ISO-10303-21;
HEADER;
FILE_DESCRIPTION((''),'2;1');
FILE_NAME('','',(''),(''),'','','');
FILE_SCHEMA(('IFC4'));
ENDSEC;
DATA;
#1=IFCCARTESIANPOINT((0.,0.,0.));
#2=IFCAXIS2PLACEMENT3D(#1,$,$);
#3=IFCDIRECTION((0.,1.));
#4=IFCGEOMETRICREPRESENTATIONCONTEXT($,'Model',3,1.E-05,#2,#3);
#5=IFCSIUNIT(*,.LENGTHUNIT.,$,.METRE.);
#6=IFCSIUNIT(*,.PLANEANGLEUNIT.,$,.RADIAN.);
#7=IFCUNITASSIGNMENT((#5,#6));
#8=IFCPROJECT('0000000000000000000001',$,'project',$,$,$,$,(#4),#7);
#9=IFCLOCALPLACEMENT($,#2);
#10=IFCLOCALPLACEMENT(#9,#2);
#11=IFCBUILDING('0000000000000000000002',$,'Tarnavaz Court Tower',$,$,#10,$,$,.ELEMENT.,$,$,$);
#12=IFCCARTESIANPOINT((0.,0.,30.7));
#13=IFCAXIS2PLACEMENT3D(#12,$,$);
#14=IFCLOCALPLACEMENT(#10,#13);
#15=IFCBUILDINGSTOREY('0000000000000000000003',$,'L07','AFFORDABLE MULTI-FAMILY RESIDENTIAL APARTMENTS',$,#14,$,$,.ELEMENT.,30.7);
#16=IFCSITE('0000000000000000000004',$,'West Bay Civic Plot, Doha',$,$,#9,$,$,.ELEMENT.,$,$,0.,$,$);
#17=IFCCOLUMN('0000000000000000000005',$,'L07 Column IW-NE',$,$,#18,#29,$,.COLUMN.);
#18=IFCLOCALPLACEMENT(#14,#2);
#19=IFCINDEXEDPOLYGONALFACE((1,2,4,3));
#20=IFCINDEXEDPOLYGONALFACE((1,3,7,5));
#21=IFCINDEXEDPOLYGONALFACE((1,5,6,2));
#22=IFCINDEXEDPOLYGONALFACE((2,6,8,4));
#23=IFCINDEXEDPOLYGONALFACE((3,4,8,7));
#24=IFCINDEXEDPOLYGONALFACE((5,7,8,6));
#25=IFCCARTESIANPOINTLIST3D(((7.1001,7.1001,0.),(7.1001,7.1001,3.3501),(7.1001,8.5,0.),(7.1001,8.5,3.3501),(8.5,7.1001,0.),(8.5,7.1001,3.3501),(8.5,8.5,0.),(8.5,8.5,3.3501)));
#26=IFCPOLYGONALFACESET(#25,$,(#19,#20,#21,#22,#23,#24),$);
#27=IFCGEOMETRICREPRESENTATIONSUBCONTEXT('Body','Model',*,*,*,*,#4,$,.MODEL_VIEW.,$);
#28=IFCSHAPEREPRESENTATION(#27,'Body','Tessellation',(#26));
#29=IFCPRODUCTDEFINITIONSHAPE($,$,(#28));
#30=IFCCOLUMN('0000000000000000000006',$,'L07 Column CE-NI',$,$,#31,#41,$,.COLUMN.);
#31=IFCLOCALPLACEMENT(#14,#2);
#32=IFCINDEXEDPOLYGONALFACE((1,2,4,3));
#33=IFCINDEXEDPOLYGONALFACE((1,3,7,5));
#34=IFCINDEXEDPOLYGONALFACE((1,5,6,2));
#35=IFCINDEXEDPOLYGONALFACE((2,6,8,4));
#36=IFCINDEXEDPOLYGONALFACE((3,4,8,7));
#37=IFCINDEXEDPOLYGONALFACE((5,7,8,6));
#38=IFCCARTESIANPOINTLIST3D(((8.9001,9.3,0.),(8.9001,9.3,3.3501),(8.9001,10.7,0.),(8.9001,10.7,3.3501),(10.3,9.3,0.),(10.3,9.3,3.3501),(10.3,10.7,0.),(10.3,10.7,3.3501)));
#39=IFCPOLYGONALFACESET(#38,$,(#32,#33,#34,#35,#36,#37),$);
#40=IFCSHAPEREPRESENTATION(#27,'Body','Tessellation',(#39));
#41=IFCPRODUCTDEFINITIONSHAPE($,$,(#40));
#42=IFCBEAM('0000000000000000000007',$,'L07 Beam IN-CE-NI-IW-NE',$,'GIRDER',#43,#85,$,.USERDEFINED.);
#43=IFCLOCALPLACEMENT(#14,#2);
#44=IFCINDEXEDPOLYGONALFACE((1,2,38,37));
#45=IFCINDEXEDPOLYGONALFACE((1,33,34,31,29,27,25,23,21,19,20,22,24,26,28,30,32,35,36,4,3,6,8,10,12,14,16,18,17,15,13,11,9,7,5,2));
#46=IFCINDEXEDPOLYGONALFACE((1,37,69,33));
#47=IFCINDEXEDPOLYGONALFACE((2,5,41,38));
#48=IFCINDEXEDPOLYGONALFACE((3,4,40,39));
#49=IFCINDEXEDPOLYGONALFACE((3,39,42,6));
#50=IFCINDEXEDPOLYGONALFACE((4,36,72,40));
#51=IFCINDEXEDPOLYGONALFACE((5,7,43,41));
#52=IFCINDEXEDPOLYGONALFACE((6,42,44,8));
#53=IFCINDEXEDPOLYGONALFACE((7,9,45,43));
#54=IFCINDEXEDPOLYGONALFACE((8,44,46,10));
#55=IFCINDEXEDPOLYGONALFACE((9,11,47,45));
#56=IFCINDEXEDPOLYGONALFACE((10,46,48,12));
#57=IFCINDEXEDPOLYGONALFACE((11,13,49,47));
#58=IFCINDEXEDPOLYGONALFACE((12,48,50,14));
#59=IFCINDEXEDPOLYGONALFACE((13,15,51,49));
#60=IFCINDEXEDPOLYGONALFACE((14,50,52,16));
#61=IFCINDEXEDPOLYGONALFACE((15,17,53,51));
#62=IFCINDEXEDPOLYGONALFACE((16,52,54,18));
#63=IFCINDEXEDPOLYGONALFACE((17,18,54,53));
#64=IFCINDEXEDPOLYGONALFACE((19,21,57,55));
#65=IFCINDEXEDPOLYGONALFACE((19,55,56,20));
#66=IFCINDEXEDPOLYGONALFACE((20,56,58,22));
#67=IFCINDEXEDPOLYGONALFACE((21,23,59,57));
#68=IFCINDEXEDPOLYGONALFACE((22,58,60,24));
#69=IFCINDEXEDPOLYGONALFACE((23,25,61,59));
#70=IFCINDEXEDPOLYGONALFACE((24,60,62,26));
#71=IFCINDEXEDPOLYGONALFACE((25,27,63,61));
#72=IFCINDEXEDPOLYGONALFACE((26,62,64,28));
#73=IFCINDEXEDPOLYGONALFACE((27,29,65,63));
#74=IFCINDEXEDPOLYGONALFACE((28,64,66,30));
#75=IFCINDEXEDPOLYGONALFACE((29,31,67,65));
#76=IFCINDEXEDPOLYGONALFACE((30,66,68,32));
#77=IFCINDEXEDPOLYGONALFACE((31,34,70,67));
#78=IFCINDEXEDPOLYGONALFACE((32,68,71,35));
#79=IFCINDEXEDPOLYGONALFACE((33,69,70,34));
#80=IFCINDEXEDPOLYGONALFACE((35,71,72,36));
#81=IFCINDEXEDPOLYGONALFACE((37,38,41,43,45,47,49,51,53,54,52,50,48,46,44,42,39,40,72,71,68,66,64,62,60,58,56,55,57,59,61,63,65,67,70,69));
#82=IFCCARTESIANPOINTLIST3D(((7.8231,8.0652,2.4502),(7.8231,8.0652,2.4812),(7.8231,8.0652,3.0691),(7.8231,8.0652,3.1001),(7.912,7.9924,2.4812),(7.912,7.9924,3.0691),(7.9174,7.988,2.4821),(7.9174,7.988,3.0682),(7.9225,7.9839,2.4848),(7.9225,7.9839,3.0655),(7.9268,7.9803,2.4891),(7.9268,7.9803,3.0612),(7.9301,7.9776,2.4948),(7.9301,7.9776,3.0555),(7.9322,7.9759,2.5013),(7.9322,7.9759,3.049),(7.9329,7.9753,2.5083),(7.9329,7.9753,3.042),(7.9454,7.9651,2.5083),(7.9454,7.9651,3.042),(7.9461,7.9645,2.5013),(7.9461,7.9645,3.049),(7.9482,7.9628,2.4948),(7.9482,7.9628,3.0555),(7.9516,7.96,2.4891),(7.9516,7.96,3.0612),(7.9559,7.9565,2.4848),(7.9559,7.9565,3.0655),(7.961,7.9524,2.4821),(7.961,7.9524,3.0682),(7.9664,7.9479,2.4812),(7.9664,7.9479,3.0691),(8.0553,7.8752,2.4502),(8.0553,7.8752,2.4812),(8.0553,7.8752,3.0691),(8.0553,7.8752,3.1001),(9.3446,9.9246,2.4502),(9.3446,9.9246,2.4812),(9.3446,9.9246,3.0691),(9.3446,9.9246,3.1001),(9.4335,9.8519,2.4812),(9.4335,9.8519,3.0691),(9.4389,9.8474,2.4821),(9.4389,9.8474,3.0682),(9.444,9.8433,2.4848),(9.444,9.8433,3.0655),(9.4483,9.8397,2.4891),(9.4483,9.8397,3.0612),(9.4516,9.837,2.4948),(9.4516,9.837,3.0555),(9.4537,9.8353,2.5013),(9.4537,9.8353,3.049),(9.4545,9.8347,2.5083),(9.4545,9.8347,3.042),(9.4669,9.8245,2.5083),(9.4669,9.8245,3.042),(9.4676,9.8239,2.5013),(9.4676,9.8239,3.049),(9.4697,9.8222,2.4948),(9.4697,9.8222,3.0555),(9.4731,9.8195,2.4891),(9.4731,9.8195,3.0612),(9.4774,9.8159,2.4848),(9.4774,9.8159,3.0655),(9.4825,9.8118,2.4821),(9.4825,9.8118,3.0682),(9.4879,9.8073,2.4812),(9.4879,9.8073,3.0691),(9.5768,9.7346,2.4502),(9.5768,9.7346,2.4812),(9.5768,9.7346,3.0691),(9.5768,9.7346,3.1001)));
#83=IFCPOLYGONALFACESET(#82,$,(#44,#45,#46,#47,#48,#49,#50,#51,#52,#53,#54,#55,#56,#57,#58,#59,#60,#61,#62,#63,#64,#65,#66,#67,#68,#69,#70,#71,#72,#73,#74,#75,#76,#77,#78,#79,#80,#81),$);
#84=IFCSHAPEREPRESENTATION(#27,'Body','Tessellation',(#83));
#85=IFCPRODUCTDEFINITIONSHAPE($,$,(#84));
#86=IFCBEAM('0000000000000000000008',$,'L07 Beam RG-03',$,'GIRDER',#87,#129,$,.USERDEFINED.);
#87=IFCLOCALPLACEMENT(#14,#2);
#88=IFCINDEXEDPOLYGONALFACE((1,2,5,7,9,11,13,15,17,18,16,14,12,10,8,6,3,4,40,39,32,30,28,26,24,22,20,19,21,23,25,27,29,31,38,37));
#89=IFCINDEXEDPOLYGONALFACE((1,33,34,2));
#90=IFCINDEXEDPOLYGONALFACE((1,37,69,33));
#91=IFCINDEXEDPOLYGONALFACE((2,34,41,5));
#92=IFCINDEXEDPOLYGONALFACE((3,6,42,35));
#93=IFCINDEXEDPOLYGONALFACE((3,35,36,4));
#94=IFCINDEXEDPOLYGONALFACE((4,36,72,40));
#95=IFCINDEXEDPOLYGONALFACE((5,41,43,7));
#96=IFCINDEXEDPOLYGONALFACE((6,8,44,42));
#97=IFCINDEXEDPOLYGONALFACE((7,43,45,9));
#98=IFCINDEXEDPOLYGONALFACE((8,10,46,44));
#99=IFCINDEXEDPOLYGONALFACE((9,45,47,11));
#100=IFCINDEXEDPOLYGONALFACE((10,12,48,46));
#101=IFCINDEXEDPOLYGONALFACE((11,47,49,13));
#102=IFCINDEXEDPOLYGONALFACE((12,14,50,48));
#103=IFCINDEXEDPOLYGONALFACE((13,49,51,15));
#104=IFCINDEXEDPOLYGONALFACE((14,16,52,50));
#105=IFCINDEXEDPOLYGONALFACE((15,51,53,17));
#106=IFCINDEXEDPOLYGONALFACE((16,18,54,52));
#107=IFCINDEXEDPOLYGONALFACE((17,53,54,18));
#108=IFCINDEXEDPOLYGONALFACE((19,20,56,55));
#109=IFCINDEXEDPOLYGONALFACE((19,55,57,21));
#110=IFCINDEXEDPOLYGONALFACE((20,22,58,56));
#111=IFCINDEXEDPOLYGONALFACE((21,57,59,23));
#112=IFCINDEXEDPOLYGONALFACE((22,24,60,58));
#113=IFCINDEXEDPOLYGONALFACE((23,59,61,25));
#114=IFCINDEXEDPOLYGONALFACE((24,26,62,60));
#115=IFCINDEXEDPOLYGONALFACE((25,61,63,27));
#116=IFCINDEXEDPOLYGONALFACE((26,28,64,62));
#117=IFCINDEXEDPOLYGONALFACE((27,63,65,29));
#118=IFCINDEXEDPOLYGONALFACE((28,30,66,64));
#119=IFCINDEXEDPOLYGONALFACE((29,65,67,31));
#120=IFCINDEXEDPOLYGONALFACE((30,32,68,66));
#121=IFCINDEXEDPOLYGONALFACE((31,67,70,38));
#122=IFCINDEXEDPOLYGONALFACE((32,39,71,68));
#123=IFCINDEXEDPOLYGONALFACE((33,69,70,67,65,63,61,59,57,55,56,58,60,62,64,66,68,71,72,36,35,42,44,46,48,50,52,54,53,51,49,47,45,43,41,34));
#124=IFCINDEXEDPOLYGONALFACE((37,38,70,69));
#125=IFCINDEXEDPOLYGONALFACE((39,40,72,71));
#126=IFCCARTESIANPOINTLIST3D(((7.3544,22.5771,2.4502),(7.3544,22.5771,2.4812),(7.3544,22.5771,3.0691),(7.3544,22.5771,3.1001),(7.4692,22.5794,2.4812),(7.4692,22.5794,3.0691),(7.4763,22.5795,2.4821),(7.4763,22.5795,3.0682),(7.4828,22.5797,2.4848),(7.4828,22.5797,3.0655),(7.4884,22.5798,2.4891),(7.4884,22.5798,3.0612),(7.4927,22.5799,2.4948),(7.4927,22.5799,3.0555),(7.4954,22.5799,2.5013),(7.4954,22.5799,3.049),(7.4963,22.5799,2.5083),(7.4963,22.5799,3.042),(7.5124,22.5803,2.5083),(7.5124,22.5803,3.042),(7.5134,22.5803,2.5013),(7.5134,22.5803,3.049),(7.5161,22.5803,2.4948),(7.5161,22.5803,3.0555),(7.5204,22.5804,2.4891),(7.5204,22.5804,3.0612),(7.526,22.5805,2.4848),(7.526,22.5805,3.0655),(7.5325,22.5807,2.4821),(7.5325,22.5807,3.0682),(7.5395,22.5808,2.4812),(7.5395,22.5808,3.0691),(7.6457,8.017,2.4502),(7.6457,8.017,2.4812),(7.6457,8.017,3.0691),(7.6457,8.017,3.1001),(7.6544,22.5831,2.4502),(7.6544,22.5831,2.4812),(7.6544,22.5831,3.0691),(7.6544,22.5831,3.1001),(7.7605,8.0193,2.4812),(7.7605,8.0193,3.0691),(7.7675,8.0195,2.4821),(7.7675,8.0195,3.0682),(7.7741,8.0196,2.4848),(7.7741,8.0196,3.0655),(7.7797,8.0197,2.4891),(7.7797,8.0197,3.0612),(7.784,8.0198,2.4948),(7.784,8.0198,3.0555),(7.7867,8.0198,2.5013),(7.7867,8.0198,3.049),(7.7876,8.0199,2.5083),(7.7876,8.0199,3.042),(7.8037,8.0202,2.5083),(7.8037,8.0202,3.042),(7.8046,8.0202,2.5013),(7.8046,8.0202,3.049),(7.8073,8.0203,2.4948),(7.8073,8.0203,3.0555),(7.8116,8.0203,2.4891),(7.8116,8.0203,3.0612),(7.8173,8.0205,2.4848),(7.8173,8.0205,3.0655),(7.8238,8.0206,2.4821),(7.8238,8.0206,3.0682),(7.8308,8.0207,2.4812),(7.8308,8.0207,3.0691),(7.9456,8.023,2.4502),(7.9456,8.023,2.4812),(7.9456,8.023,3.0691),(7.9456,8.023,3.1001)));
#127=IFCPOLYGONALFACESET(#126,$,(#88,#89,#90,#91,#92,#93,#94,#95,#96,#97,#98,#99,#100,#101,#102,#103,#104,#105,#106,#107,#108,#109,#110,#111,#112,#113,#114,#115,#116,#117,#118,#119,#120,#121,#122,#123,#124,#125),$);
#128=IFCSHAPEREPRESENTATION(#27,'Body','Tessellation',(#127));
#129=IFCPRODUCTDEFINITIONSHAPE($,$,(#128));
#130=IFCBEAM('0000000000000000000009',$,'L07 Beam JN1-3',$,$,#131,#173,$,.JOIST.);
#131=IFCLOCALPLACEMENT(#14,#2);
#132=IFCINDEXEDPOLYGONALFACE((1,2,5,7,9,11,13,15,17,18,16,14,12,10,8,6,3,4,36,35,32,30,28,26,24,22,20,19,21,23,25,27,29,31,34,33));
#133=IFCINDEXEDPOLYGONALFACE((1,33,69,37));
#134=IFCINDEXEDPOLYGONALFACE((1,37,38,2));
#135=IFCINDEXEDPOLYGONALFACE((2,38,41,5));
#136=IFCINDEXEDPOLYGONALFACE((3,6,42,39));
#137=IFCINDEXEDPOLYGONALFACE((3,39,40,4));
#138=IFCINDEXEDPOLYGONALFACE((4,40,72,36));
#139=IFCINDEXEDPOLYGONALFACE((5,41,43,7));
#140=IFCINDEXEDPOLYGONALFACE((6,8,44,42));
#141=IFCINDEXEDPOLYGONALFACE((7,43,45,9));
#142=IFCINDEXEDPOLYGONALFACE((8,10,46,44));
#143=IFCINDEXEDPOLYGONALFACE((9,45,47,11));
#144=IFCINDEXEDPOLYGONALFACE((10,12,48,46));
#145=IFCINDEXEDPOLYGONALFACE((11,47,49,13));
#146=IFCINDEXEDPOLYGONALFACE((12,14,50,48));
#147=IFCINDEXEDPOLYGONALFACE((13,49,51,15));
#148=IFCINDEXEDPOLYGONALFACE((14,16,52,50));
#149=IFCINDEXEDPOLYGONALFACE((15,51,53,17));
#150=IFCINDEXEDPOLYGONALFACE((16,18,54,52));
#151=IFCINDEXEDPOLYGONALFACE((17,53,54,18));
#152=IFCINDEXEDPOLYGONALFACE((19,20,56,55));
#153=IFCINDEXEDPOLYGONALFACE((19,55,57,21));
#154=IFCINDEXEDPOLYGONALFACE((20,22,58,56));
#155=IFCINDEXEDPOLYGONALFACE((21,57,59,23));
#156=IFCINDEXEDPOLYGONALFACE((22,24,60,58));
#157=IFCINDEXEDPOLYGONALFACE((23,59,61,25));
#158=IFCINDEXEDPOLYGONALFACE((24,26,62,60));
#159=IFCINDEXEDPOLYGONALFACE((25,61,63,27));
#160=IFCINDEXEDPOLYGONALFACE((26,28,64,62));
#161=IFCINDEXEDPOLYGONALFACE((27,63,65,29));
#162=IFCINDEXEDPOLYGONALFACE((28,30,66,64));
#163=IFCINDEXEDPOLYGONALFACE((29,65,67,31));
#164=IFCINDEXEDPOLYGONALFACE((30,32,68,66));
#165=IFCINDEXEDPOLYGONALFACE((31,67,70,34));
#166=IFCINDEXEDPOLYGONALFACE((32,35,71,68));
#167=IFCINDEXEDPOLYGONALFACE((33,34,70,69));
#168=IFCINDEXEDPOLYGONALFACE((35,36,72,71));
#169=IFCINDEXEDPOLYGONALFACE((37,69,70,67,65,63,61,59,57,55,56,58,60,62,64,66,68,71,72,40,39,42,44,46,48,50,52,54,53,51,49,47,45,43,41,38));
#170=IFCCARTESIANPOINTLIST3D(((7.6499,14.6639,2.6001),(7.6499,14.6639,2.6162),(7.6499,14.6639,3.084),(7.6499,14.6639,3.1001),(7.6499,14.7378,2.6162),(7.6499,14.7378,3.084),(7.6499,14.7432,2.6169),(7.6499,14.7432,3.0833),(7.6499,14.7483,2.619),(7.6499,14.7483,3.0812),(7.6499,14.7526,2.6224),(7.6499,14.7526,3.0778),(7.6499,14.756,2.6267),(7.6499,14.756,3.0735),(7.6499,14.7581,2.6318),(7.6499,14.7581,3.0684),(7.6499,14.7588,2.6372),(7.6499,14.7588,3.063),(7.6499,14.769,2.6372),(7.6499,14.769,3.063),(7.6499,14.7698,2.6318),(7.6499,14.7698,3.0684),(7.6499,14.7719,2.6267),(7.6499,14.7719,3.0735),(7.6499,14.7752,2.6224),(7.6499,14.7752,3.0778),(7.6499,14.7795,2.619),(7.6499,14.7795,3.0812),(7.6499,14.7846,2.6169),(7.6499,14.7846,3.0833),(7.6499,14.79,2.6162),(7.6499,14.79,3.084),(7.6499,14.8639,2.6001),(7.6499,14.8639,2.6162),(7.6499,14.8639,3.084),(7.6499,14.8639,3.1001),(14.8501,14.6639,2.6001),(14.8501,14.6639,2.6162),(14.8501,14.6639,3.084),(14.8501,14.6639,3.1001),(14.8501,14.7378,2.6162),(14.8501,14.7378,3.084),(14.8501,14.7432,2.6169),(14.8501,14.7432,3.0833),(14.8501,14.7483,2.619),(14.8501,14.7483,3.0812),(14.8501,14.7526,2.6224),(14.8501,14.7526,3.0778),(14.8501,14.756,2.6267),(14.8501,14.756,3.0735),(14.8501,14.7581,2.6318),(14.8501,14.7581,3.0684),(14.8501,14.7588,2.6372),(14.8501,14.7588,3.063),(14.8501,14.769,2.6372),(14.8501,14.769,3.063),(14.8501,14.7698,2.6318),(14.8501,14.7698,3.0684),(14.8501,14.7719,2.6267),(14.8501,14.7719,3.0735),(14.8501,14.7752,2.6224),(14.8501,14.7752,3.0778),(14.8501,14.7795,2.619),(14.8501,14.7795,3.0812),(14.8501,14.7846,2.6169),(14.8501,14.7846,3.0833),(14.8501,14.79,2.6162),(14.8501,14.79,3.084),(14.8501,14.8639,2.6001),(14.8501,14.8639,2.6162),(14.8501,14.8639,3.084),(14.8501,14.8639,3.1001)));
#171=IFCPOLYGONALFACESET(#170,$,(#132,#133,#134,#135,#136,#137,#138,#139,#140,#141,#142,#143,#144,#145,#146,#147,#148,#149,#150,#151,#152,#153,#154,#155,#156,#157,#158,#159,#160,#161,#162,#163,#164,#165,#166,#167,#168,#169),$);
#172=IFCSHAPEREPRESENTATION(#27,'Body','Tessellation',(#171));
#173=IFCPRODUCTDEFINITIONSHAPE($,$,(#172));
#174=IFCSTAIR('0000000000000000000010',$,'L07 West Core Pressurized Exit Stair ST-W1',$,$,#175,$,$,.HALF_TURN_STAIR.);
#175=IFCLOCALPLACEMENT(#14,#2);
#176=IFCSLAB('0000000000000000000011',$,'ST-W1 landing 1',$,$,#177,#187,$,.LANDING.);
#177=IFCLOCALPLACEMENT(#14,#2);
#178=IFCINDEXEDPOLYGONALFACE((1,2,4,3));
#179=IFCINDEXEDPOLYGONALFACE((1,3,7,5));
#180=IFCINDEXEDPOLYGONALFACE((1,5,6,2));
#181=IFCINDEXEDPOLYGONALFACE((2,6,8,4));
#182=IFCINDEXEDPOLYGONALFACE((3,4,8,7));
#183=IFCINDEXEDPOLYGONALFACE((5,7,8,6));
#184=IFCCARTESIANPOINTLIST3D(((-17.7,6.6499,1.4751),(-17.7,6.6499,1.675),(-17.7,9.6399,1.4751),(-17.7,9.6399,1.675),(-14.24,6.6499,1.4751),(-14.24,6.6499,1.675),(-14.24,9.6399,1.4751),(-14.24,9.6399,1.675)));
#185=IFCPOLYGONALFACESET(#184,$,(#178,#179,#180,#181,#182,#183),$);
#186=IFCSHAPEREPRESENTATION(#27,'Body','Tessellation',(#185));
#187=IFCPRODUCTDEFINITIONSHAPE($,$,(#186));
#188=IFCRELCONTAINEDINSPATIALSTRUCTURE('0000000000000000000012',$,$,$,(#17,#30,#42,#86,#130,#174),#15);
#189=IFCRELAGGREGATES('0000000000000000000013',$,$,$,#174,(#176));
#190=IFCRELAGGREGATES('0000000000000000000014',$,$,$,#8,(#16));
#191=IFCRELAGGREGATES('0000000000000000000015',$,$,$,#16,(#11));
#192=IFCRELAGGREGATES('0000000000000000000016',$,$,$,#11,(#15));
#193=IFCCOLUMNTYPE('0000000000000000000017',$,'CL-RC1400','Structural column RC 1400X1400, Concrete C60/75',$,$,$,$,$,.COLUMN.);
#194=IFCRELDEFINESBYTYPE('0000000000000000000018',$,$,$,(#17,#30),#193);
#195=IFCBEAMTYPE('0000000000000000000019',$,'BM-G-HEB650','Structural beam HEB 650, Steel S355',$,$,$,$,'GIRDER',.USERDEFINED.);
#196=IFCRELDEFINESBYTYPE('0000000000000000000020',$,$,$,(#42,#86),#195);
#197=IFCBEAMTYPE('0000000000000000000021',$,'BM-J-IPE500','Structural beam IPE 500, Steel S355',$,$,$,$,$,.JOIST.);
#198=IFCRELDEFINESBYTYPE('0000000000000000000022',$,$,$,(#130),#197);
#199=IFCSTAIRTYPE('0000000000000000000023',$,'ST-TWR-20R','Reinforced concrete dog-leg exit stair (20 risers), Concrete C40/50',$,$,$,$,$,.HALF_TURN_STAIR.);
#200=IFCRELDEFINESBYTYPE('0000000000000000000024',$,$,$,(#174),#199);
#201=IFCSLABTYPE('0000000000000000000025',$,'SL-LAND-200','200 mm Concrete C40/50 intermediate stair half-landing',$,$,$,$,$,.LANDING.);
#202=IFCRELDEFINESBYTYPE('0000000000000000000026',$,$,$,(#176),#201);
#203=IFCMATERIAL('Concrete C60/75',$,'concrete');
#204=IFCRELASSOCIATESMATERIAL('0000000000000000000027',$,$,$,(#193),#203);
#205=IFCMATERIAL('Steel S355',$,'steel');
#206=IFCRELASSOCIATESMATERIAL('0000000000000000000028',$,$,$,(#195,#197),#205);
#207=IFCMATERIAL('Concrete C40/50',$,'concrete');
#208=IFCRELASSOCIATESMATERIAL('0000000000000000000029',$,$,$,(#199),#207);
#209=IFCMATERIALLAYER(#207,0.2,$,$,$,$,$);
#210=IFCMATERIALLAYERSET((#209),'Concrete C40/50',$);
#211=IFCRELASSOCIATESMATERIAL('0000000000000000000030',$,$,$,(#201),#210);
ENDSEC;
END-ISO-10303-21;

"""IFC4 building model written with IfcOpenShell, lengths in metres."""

from ifc_helpers import new_model, si_unit, direction, frame, origin, origin_2d, place, context, subcontext, project, spatial, polyline, rectangle, i_section, outline, extrude, material, layer, layer_set, material_profile, profile_set, type_object, element, aggregate, save


model = new_model("IFC4")

# Units and contexts
model_context = context("Model", 3, precision=1e-05, world=origin(), true_north=direction((0.0, 1.0)))
body_context = subcontext(model_context, "Body", "Model", "MODEL_VIEW")
ifc_project = project(units=[si_unit("LENGTHUNIT", "METRE"), si_unit("PLANEANGLEUNIT", "RADIAN")], contexts=[model_context])

# Site, building, storey
site_placement = place(None, origin())
site = spatial("IfcSite", under=ifc_project, at=site_placement, Name="West Bay Civic Plot, Doha", CompositionType="ELEMENT", RefElevation=0.0)
building_placement = place(site_placement, origin())
building = spatial("IfcBuilding", under=site, at=building_placement, Name="Tarnavaz Court Tower", CompositionType="ELEMENT")
storey_placement = place(building_placement, frame((0.0, 0.0, 30.7)))
storey = spatial("IfcBuildingStorey", under=building, at=storey_placement, Name="L07", Description="AFFORDABLE MULTI-FAMILY RESIDENTIAL APARTMENTS", CompositionType="ELEMENT", Elevation=30.7)

# Columns
ifc_material_1 = material(Name="Concrete C60/75", Category="concrete")
ifc_material_profile_1 = material_profile(ifc_material_1, rectangle(XDim=1.3999, YDim=1.3999, at=origin_2d()), Name="RC 1400X1400")
ifc_profile_set_1 = profile_set([ifc_material_profile_1], Name="Concrete C60/75")
column_type = type_object("IfcColumnType", Name="CL-RC1400", Description="Structural column RC 1400X1400, Concrete C60/75", PredefinedType="COLUMN", material=ifc_profile_set_1)
for number, where, z_axis, x_axis, name in (
    (1, (7.8, 7.8, 0.0), (0.0, 0.0, 1.0), (1.0, 0.0, 0.0), "L07 Column IW-NE"),
    (2, (9.6001, 10.0, 0.0), (0.0, 0.0, 1.0), (1.0, 0.0, 0.0), "L07 Column CE-NI"),
):
    element("IfcColumn", number, at=place(storey_placement, frame(where, z_axis=z_axis, x_axis=x_axis)), inside=storey, type_object=column_type, Name=name, PredefinedType="COLUMN", context=body_context, shape_type="SweptSolid", body=[
        extrude(rectangle(XDim=1.3999, YDim=1.3999, at=origin_2d()), origin(), (0.0, 0.0, 1.0), 3.3501),
    ])

# Beams
ifc_material_2 = material(Name="Steel S355", Category="steel")
ifc_material_profile_2 = material_profile(ifc_material_2, i_section(OverallWidth=0.3, OverallDepth=0.6499, WebThickness=0.0161, FlangeThickness=0.031, FilletRadius=0.0271, at=origin_2d()), Name="HEB 650")
ifc_profile_set_2 = profile_set([ifc_material_profile_2], Name="Steel S355")
beam_type_1 = type_object("IfcBeamType", Name="BM-G-HEB650", Description="Structural beam HEB 650, Steel S355", ElementType="GIRDER", PredefinedType="USERDEFINED", material=ifc_profile_set_2)
beam_1_placement = place(storey_placement, frame((9.4607, 9.8296, 2.7751), z_axis=(-0.633282, -0.773921, 0.0), x_axis=(0.773921, -0.633282, 0.0)))
element("IfcBeam", 3, at=beam_1_placement, inside=storey, type_object=beam_type_1, Name="L07 Beam IN-CE-NI-IW-NE", ObjectType="GIRDER", PredefinedType="USERDEFINED", context=body_context, shape_type="SweptSolid", body=[
    extrude(i_section(OverallWidth=0.3, OverallDepth=0.6499, WebThickness=0.0161, FlangeThickness=0.031, FilletRadius=0.0271, at=origin_2d()), origin(), (0.0, 0.0, 1.0), 2.4026),
])
beam_2_placement = place(storey_placement, frame((7.7957, 8.02, 2.7751), z_axis=(-0.02, 0.9998, 0.0), x_axis=(-0.9998, -0.02, 0.0)))
element("IfcBeam", 4, at=beam_2_placement, inside=storey, type_object=beam_type_1, Name="L07 Beam RG-03", ObjectType="GIRDER", PredefinedType="USERDEFINED", context=body_context, shape_type="SweptSolid", body=[
    extrude(i_section(OverallWidth=0.3, OverallDepth=0.6499, WebThickness=0.0161, FlangeThickness=0.031, FilletRadius=0.0271, at=origin_2d()), origin(), (0.0, 0.0, 1.0), 14.563),
])
ifc_material_profile_3 = material_profile(ifc_material_2, i_section(OverallWidth=0.2, OverallDepth=0.5, WebThickness=0.0103, FlangeThickness=0.0161, FilletRadius=0.021, at=origin_2d()), Name="IPE 500")
ifc_profile_set_3 = profile_set([ifc_material_profile_3], Name="Steel S355")
beam_type_2 = type_object("IfcBeamType", Name="BM-J-IPE500", Description="Structural beam IPE 500, Steel S355", PredefinedType="JOIST", material=ifc_profile_set_3)
beam_3_placement = place(storey_placement, frame((7.6499, 14.7639, 2.8501), z_axis=(1.0, 0.0, 0.0), x_axis=(0.0, 1.0, 0.0)))
element("IfcBeam", 5, at=beam_3_placement, inside=storey, type_object=beam_type_2, Name="L07 Beam JN1-3", PredefinedType="JOIST", context=body_context, shape_type="SweptSolid", body=[
    extrude(i_section(OverallWidth=0.2, OverallDepth=0.5, WebThickness=0.0103, FlangeThickness=0.0161, FilletRadius=0.021, at=origin_2d()), origin(), (0.0, 0.0, 1.0), 7.2002),
])

# Stair, slab
ifc_material_3 = material(Name="Concrete C40/50", Category="concrete")
stair_type = type_object("IfcStairType", Name="ST-TWR-20R", Description="Reinforced concrete dog-leg exit stair (20 risers), Concrete C40/50", PredefinedType="HALF_TURN_STAIR", material=ifc_material_3)
stair_1_placement = place(storey_placement, origin())
stair_1 = element("IfcStair", 6, at=stair_1_placement, inside=storey, type_object=stair_type, Name="L07 West Core Pressurized Exit Stair ST-W1", PredefinedType="HALF_TURN_STAIR")
ifc_layer_1 = layer(ifc_material_3, 0.2)
ifc_layer_set_1 = layer_set([ifc_layer_1], Name="Concrete C40/50")
slab_type_1 = type_object("IfcSlabType", Name="SL-LAND-200", Description="200 mm Concrete C40/50 intermediate stair half-landing", PredefinedType="LANDING", material=ifc_layer_set_1)
slab_1_placement = place(storey_placement, frame((0.0, 0.0, 1.4751)))
slab_1 = element("IfcSlab", 7, at=slab_1_placement, type_object=slab_type_1, Name="ST-W1 landing 1", PredefinedType="LANDING", context=body_context, shape_type="SweptSolid", body=[
    extrude(outline(polyline([(-14.24, 9.6399), (-17.7, 9.6399), (-17.7, 6.6499), (-14.24, 6.6499), (-14.24, 9.6399)])), origin(), (0.0, 0.0, 1.0), 0.2),
])
aggregate(stair_1, [slab_1])

save(model, "model.ifc")
